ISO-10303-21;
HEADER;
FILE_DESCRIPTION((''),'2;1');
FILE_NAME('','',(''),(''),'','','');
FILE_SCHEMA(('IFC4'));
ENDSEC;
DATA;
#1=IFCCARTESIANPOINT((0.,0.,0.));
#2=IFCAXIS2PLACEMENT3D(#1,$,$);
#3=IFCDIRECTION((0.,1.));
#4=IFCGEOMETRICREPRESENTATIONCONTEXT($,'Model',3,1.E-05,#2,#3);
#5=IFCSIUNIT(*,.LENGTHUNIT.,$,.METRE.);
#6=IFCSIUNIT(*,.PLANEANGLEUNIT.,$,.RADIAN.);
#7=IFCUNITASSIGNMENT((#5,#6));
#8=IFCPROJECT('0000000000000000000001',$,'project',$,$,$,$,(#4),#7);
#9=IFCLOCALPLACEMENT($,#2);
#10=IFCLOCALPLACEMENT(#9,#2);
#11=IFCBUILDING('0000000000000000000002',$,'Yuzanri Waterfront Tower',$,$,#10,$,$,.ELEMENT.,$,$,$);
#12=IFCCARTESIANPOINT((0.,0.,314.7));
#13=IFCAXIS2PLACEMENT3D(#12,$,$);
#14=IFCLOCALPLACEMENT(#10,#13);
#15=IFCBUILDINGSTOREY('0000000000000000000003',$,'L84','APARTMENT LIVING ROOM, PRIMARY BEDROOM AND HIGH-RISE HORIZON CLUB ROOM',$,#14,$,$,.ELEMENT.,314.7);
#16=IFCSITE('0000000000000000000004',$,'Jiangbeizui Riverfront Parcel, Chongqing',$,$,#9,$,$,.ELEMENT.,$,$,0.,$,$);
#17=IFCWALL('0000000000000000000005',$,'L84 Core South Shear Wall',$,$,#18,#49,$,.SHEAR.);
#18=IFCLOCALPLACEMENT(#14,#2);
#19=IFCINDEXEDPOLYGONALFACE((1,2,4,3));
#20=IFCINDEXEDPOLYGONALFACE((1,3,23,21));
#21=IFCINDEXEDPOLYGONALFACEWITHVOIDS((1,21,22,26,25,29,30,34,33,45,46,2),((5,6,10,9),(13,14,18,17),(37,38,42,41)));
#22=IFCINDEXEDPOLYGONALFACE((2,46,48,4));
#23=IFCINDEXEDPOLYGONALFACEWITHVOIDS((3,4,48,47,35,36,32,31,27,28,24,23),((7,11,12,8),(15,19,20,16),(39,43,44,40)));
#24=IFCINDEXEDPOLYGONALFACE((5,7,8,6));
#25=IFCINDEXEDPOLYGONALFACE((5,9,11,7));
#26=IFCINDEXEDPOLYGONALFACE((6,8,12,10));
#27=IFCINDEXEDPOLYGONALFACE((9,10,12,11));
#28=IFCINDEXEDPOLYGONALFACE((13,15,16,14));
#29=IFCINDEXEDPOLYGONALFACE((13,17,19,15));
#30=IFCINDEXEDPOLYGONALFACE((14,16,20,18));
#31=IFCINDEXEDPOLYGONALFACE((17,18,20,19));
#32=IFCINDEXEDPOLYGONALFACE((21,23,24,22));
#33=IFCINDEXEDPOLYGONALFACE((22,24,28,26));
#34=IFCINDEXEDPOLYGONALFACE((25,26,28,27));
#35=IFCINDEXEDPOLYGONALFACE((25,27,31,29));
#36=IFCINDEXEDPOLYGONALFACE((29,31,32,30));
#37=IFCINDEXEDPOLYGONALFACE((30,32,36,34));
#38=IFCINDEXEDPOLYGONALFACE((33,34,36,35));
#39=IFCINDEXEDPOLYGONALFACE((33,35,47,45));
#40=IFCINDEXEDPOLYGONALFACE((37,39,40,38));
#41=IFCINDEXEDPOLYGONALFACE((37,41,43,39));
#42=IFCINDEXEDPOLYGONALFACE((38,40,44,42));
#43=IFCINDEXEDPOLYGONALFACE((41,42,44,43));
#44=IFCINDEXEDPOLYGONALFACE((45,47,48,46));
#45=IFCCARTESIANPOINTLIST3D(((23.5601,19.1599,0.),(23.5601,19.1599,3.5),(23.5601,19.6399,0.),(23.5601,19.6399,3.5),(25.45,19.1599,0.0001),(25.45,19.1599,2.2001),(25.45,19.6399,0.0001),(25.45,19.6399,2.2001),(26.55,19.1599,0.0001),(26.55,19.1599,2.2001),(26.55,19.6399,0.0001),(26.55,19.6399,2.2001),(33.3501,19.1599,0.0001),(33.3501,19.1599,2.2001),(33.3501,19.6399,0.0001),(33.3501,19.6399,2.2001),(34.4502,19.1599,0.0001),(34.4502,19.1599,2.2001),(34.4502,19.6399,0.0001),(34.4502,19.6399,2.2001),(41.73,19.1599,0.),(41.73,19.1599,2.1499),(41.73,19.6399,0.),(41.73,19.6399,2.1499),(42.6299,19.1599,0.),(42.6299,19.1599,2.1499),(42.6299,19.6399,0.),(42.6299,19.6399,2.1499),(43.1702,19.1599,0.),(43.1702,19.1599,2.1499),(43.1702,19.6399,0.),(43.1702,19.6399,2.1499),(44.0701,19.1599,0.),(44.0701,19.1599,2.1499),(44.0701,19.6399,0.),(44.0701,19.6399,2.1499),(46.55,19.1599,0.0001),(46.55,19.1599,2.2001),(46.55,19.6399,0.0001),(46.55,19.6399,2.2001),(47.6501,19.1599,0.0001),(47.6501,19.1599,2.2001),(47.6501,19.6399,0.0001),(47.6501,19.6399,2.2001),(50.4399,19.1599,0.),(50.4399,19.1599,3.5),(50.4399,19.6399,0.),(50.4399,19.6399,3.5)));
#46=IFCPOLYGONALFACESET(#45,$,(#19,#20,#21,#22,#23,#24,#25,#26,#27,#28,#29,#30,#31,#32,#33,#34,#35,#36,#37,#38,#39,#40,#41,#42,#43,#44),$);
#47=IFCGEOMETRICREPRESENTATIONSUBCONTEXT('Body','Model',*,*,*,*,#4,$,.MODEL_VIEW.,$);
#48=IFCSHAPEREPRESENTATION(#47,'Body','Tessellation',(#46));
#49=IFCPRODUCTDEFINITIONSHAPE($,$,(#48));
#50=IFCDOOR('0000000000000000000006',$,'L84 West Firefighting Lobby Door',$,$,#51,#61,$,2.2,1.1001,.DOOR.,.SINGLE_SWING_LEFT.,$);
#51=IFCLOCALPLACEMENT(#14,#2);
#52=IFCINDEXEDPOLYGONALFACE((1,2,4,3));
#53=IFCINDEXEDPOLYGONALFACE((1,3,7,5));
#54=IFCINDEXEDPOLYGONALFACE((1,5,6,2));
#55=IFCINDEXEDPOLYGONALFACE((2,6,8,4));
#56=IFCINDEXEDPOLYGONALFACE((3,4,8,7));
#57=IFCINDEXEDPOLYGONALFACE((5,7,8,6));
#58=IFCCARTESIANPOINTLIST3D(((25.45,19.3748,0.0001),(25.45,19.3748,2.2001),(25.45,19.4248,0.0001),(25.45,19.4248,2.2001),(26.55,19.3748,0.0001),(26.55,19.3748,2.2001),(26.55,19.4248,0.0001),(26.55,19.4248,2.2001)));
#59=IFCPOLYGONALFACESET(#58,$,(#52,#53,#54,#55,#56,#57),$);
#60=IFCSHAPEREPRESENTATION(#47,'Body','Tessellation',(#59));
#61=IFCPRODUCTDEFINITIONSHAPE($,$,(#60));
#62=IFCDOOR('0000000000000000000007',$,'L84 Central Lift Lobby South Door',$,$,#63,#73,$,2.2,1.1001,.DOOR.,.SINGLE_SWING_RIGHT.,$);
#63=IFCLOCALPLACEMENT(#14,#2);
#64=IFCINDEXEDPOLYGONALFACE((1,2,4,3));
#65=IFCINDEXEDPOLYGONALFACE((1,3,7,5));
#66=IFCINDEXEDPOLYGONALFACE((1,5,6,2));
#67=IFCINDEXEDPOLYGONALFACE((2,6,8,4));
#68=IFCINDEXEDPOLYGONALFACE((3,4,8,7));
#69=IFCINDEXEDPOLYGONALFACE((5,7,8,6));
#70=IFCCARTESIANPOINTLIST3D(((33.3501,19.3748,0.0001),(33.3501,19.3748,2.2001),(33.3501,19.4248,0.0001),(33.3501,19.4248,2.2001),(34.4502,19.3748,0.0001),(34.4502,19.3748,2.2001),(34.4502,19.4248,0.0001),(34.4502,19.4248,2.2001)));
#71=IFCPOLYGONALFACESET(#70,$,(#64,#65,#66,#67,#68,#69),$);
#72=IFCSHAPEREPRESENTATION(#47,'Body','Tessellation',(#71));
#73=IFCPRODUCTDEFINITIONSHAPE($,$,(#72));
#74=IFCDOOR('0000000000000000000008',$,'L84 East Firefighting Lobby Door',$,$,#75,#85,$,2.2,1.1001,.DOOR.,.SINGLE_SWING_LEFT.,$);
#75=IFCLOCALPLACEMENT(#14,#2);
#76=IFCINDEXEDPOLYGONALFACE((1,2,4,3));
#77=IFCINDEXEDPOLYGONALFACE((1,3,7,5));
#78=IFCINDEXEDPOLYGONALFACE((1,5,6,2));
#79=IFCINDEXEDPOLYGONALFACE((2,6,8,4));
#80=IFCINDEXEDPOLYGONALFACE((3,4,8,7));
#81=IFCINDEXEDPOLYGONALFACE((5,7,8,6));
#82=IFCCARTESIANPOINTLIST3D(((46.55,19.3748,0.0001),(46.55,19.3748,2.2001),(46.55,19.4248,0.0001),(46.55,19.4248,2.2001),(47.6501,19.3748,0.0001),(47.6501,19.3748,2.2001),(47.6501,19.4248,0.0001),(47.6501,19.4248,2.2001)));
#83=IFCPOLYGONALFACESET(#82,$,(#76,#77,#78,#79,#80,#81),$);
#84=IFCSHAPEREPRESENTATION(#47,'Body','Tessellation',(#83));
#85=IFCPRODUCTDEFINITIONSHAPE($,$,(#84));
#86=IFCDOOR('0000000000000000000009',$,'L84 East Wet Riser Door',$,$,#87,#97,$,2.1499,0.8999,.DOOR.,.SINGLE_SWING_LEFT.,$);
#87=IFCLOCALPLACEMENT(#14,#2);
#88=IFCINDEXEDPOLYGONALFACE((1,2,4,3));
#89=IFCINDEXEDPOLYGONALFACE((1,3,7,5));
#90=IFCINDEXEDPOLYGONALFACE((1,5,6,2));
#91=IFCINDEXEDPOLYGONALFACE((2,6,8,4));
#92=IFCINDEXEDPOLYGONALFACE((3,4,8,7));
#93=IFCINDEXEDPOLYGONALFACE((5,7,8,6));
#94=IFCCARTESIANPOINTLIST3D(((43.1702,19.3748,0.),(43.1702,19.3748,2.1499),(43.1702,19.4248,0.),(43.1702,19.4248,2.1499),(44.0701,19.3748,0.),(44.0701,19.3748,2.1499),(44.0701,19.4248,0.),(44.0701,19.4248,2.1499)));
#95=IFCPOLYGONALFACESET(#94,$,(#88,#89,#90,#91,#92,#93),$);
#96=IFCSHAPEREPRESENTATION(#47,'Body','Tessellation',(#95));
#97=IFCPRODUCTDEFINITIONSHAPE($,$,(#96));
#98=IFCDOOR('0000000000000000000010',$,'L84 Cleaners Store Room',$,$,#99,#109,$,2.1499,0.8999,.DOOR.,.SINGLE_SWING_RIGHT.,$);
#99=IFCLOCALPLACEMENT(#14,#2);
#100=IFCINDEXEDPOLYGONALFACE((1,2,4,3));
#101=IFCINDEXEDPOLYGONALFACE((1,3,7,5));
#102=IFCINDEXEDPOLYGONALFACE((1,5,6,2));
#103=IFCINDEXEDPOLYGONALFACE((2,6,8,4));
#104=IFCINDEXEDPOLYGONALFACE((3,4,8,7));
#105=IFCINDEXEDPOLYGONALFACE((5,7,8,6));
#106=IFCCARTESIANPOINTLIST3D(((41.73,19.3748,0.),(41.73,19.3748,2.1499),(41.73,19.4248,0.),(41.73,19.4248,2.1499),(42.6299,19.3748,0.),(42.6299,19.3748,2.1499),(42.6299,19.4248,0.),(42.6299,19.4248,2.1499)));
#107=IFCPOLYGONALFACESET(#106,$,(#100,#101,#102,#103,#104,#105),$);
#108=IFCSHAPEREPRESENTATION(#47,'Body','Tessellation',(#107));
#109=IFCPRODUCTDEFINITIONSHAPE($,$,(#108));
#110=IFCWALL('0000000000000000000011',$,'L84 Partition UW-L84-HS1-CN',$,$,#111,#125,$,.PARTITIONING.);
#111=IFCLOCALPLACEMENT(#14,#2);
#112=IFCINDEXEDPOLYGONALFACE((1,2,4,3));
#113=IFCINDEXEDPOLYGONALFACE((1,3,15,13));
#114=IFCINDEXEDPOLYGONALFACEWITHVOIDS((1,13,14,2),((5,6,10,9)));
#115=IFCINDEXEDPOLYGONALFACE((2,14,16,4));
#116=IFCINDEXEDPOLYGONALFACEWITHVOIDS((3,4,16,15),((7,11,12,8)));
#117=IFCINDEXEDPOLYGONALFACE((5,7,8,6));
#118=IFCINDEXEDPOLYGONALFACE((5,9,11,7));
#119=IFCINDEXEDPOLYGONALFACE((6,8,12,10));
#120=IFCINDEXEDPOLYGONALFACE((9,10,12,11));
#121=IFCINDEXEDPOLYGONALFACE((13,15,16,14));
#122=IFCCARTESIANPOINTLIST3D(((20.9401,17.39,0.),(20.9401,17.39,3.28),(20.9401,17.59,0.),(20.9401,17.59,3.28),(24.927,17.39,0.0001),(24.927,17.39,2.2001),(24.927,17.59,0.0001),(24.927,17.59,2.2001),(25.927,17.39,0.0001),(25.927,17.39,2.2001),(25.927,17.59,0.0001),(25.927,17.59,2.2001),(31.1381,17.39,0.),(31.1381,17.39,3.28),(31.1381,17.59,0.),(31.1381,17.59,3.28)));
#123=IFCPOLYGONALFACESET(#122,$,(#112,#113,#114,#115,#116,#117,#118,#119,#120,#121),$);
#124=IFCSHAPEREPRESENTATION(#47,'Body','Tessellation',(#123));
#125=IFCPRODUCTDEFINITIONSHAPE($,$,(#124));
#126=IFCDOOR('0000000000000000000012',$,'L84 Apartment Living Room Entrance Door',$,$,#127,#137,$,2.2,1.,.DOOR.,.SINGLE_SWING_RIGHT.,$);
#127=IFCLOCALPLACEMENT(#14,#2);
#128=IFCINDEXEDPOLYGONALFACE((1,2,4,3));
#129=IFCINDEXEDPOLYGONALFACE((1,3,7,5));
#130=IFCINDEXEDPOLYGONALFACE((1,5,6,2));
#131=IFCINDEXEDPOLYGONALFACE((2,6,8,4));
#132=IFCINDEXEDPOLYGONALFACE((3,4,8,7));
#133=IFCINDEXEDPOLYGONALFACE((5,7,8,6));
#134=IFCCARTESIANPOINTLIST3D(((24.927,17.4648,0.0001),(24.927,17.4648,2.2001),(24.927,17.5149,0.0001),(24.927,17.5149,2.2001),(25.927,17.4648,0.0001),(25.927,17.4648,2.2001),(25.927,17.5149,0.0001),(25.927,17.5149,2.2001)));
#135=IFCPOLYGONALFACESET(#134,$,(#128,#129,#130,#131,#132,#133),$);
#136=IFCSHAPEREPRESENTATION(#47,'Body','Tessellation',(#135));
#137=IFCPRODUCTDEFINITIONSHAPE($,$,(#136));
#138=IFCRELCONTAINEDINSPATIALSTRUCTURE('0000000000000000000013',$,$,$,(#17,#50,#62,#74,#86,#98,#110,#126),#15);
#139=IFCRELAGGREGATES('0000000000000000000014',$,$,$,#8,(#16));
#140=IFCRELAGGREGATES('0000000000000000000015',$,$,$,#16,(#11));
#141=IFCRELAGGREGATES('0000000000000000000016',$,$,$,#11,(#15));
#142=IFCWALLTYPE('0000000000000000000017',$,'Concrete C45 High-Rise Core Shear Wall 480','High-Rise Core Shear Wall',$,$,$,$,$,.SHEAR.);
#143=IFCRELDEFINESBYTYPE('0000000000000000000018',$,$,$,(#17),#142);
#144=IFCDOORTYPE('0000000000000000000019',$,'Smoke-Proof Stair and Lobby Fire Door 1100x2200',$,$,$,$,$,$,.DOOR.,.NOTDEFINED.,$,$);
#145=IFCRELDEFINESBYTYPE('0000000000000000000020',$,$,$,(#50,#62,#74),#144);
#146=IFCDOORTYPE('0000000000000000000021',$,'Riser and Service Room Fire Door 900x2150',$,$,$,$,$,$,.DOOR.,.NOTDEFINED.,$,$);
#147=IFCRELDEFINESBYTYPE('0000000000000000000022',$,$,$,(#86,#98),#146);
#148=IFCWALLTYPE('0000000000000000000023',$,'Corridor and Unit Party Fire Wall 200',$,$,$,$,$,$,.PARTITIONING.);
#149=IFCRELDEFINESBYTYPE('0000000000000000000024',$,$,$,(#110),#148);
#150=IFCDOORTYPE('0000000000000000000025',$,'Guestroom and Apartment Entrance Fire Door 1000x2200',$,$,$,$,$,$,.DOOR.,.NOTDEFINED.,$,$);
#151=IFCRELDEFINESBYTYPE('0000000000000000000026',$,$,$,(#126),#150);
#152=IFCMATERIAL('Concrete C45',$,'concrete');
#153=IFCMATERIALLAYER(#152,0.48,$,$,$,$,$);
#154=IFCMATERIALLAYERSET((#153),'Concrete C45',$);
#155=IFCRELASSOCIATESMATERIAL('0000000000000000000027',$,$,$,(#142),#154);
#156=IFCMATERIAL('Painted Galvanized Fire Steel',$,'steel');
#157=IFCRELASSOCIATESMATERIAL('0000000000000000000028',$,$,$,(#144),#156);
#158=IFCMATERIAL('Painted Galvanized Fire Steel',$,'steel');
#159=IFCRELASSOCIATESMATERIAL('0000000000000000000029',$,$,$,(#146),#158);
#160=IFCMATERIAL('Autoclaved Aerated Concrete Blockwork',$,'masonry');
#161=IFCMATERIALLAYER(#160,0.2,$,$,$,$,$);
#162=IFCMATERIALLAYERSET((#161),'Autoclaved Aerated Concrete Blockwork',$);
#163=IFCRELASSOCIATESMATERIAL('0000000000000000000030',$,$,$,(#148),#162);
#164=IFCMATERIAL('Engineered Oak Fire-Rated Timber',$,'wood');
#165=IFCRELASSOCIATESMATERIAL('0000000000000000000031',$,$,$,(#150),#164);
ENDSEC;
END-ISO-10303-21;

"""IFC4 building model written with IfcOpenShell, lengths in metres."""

from ifc_helpers import new_model, si_unit, direction, frame, frame_2d, origin, place, context, subcontext, project, spatial, rectangle, extrude, source, transform, mapped, material, layer, layer_set, type_object, element, fill, save


model = new_model("IFC4")

# Units and contexts
model_context = context("Model", 3, precision=1e-05, world=origin(), true_north=direction((0.0, 1.0)))
body_context = subcontext(model_context, "Body", "Model", "MODEL_VIEW")
ifc_project = project(units=[si_unit("LENGTHUNIT", "METRE"), si_unit("PLANEANGLEUNIT", "RADIAN")], contexts=[model_context])

# Site, building, storey
site_placement = place(None, origin())
site = spatial("IfcSite", under=ifc_project, at=site_placement, Name="Jiangbeizui Riverfront Parcel, Chongqing", CompositionType="ELEMENT", RefElevation=0.0)
building_placement = place(site_placement, origin())
building = spatial("IfcBuilding", under=site, at=building_placement, Name="Yuzanri Waterfront Tower", CompositionType="ELEMENT")
storey_placement = place(building_placement, frame((0.0, 0.0, 314.7)))
storey = spatial("IfcBuildingStorey", under=building, at=storey_placement, Name="L84", Description="APARTMENT LIVING ROOM, PRIMARY BEDROOM AND HIGH-RISE HORIZON CLUB ROOM", CompositionType="ELEMENT", Elevation=314.7)

# Wall, openings, doors
ifc_material_1 = material(Name="Concrete C45", Category="concrete")
ifc_layer_1 = layer(ifc_material_1, 0.48)
ifc_layer_set_1 = layer_set([ifc_layer_1], Name="Concrete C45")
wall_type_1 = type_object("IfcWallType", Name="Concrete C45 High-Rise Core Shear Wall 480", Description="High-Rise Core Shear Wall", PredefinedType="SHEAR", material=ifc_layer_set_1)
wall_1_placement = place(storey_placement, frame((23.5601, 19.3999, 0.0), z_axis=(0.0, 0.0, 1.0), x_axis=(1.0, 0.0, 0.0)))
wall_1 = element("IfcWall", 1, at=wall_1_placement, inside=storey, type_object=wall_type_1, Name="L84 Core South Shear Wall", PredefinedType="SHEAR", context=body_context, shape_type="SweptSolid", body=[
    extrude(rectangle(XDim=26.8799, YDim=0.48, at=frame_2d((13.4399, 0.0))), origin(), (0.0, 0.0, 1.0), 3.5),
])
opening_1_placement = place(wall_1_placement, frame((1.8899, 0.0, 0.0)))
opening_1 = element("IfcOpeningElement", 2, at=opening_1_placement, cuts=wall_1, PredefinedType="OPENING", context=body_context, shape_type="SweptSolid", body=[
    extrude(rectangle(XDim=1.1001, YDim=2.2, at=frame_2d((0.55, 1.1001))), frame((0.0, 0.2549, 0.0), z_axis=(0.0, -1.0, 0.0), x_axis=(1.0, 0.0, 0.0)), (0.0, 0.0, 1.0), 0.5098),
])
opening_2_placement = place(wall_1_placement, frame((9.79, 0.0, 0.0)))
opening_2 = element("IfcOpeningElement", 3, at=opening_2_placement, cuts=wall_1, PredefinedType="OPENING", context=body_context, shape_type="SweptSolid", body=[
    extrude(rectangle(XDim=1.1001, YDim=2.2, at=frame_2d((0.55, 1.1001))), frame((0.0, 0.2549, 0.0), z_axis=(0.0, -1.0, 0.0), x_axis=(1.0, 0.0, 0.0)), (0.0, 0.0, 1.0), 0.5098),
])
opening_3_placement = place(wall_1_placement, frame((22.99, 0.0, 0.0)))
opening_3 = element("IfcOpeningElement", 4, at=opening_3_placement, cuts=wall_1, PredefinedType="OPENING", context=body_context, shape_type="SweptSolid", body=[
    extrude(rectangle(XDim=1.1001, YDim=2.2, at=frame_2d((0.55, 1.1001))), frame((0.0, 0.2549, 0.0), z_axis=(0.0, -1.0, 0.0), x_axis=(1.0, 0.0, 0.0)), (0.0, 0.0, 1.0), 0.5098),
])
opening_4_placement = place(wall_1_placement, frame((19.6101, 0.0, 0.0)))
opening_4 = element("IfcOpeningElement", 5, at=opening_4_placement, cuts=wall_1, PredefinedType="OPENING", context=body_context, shape_type="SweptSolid", body=[
    extrude(rectangle(XDim=0.8999, YDim=2.1499, at=frame_2d((0.45, 1.075))), frame((0.0, 0.2549, 0.0), z_axis=(0.0, -1.0, 0.0), x_axis=(1.0, 0.0, 0.0)), (0.0, 0.0, 1.0), 0.5098),
])
opening_5_placement = place(wall_1_placement, frame((18.1699, 0.0, 0.0)))
opening_5 = element("IfcOpeningElement", 6, at=opening_5_placement, cuts=wall_1, PredefinedType="OPENING", context=body_context, shape_type="SweptSolid", body=[
    extrude(rectangle(XDim=0.8999, YDim=2.1499, at=frame_2d((0.45, 1.075))), frame((0.0, 0.2549, 0.0), z_axis=(0.0, -1.0, 0.0), x_axis=(1.0, 0.0, 0.0)), (0.0, 0.0, 1.0), 0.5098),
])
ifc_material_2 = material(Name="Painted Galvanized Fire Steel", Category="steel")
door_type_1 = type_object("IfcDoorType", Name="Smoke-Proof Stair and Lobby Fire Door 1100x2200", OperationType="NOTDEFINED", PredefinedType="DOOR", material=ifc_material_2)
shared_shape_1 = source(origin(), body_context, "Body", "SweptSolid", [
    extrude(rectangle(XDim=1.1001, YDim=2.2, at=frame_2d((0.55, 1.1001))), frame((0.0, 0.0249, 0.0), z_axis=(0.0, -1.0, 0.0), x_axis=(1.0, 0.0, 0.0)), (0.0, 0.0, 1.0), 0.05),
])
door_1_placement = place(opening_1_placement, origin())
door_1 = element("IfcDoor", 7, at=door_1_placement, inside=storey, type_object=door_type_1, Name="L84 West Firefighting Lobby Door", OperationType="SINGLE_SWING_LEFT", OverallHeight=2.2, OverallWidth=1.1001, PredefinedType="DOOR", context=body_context, shape_type="MappedRepresentation", body=[
    mapped(shared_shape_1, transform((0.0, 0.0, 0.0), scale=1.0)),
])
fill(opening_1, door_1)
door_2_placement = place(opening_2_placement, origin())
door_2 = element("IfcDoor", 8, at=door_2_placement, inside=storey, type_object=door_type_1, Name="L84 Central Lift Lobby South Door", OperationType="SINGLE_SWING_RIGHT", OverallHeight=2.2, OverallWidth=1.1001, PredefinedType="DOOR", context=body_context, shape_type="MappedRepresentation", body=[
    mapped(shared_shape_1, transform((0.0, 0.0, 0.0), scale=1.0)),
])
fill(opening_2, door_2)
door_3_placement = place(opening_3_placement, origin())
door_3 = element("IfcDoor", 9, at=door_3_placement, inside=storey, type_object=door_type_1, Name="L84 East Firefighting Lobby Door", OperationType="SINGLE_SWING_LEFT", OverallHeight=2.2, OverallWidth=1.1001, PredefinedType="DOOR", context=body_context, shape_type="MappedRepresentation", body=[
    mapped(shared_shape_1, transform((0.0, 0.0, 0.0), scale=1.0)),
])
fill(opening_3, door_3)
ifc_material_3 = material(Name="Painted Galvanized Fire Steel", Category="steel")
door_type_2 = type_object("IfcDoorType", Name="Riser and Service Room Fire Door 900x2150", OperationType="NOTDEFINED", PredefinedType="DOOR", material=ifc_material_3)
shared_shape_2 = source(origin(), body_context, "Body", "SweptSolid", [
    extrude(rectangle(XDim=0.8999, YDim=2.1499, at=frame_2d((0.45, 1.075))), frame((0.0, 0.0249, 0.0), z_axis=(0.0, -1.0, 0.0), x_axis=(1.0, 0.0, 0.0)), (0.0, 0.0, 1.0), 0.05),
])
door_4_placement = place(opening_4_placement, origin())
door_4 = element("IfcDoor", 10, at=door_4_placement, inside=storey, type_object=door_type_2, Name="L84 East Wet Riser Door", OperationType="SINGLE_SWING_LEFT", OverallHeight=2.1499, OverallWidth=0.8999, PredefinedType="DOOR", context=body_context, shape_type="MappedRepresentation", body=[
    mapped(shared_shape_2, transform((0.0, 0.0, 0.0), scale=1.0)),
])
fill(opening_4, door_4)
door_5_placement = place(opening_5_placement, origin())
door_5 = element("IfcDoor", 11, at=door_5_placement, inside=storey, type_object=door_type_2, Name="L84 Cleaners Store Room", OperationType="SINGLE_SWING_RIGHT", OverallHeight=2.1499, OverallWidth=0.8999, PredefinedType="DOOR", context=body_context, shape_type="MappedRepresentation", body=[
    mapped(shared_shape_2, transform((0.0, 0.0, 0.0), scale=1.0)),
])
fill(opening_5, door_5)

# Wall, opening, door
ifc_material_4 = material(Name="Autoclaved Aerated Concrete Blockwork", Category="masonry")
ifc_layer_2 = layer(ifc_material_4, 0.2)
ifc_layer_set_2 = layer_set([ifc_layer_2], Name="Autoclaved Aerated Concrete Blockwork")
wall_type_2 = type_object("IfcWallType", Name="Corridor and Unit Party Fire Wall 200", PredefinedType="PARTITIONING", material=ifc_layer_set_2)
wall_2_placement = place(storey_placement, frame((20.9399, 17.49, 0.0), z_axis=(0.0, 0.0, 1.0), x_axis=(1.0, 0.0, 0.0)))
wall_2 = element("IfcWall", 12, at=wall_2_placement, inside=storey, type_object=wall_type_2, Name="L84 Partition UW-L84-HS1-CN", PredefinedType="PARTITIONING", context=body_context, shape_type="SweptSolid", body=[
    extrude(rectangle(XDim=10.198, YDim=0.2, at=frame_2d((5.0991, 0.0))), origin(), (0.0, 0.0, 1.0), 3.28),
])
opening_6_placement = place(wall_2_placement, frame((3.9871, 0.0, 0.0)))
opening_6 = element("IfcOpeningElement", 13, at=opening_6_placement, cuts=wall_2, PredefinedType="OPENING", context=body_context, shape_type="SweptSolid", body=[
    extrude(rectangle(XDim=1.0, YDim=2.2, at=frame_2d((0.5, 1.1001))), frame((0.0, 0.1147, 0.0), z_axis=(0.0, -1.0, 0.0), x_axis=(1.0, 0.0, 0.0)), (0.0, 0.0, 1.0), 0.2297),
])
ifc_material_5 = material(Name="Engineered Oak Fire-Rated Timber", Category="wood")
door_type_3 = type_object("IfcDoorType", Name="Guestroom and Apartment Entrance Fire Door 1000x2200", OperationType="NOTDEFINED", PredefinedType="DOOR", material=ifc_material_5)
shared_shape_3 = source(origin(), body_context, "Body", "SweptSolid", [
    extrude(rectangle(XDim=1.0, YDim=2.2, at=frame_2d((0.5, 1.1001))), frame((0.0, 0.0249, 0.0), z_axis=(0.0, -1.0, 0.0), x_axis=(1.0, 0.0, 0.0)), (0.0, 0.0, 1.0), 0.05),
])
door_6_placement = place(opening_6_placement, origin())
door_6 = element("IfcDoor", 14, at=door_6_placement, inside=storey, type_object=door_type_3, Name="L84 Apartment Living Room Entrance Door", OperationType="SINGLE_SWING_RIGHT", OverallHeight=2.2, OverallWidth=1.0, PredefinedType="DOOR", context=body_context, shape_type="MappedRepresentation", body=[
    mapped(shared_shape_3, transform((0.0, 0.0, 0.0), scale=1.0)),
])
fill(opening_6, door_6)

save(model, "model.ifc")
